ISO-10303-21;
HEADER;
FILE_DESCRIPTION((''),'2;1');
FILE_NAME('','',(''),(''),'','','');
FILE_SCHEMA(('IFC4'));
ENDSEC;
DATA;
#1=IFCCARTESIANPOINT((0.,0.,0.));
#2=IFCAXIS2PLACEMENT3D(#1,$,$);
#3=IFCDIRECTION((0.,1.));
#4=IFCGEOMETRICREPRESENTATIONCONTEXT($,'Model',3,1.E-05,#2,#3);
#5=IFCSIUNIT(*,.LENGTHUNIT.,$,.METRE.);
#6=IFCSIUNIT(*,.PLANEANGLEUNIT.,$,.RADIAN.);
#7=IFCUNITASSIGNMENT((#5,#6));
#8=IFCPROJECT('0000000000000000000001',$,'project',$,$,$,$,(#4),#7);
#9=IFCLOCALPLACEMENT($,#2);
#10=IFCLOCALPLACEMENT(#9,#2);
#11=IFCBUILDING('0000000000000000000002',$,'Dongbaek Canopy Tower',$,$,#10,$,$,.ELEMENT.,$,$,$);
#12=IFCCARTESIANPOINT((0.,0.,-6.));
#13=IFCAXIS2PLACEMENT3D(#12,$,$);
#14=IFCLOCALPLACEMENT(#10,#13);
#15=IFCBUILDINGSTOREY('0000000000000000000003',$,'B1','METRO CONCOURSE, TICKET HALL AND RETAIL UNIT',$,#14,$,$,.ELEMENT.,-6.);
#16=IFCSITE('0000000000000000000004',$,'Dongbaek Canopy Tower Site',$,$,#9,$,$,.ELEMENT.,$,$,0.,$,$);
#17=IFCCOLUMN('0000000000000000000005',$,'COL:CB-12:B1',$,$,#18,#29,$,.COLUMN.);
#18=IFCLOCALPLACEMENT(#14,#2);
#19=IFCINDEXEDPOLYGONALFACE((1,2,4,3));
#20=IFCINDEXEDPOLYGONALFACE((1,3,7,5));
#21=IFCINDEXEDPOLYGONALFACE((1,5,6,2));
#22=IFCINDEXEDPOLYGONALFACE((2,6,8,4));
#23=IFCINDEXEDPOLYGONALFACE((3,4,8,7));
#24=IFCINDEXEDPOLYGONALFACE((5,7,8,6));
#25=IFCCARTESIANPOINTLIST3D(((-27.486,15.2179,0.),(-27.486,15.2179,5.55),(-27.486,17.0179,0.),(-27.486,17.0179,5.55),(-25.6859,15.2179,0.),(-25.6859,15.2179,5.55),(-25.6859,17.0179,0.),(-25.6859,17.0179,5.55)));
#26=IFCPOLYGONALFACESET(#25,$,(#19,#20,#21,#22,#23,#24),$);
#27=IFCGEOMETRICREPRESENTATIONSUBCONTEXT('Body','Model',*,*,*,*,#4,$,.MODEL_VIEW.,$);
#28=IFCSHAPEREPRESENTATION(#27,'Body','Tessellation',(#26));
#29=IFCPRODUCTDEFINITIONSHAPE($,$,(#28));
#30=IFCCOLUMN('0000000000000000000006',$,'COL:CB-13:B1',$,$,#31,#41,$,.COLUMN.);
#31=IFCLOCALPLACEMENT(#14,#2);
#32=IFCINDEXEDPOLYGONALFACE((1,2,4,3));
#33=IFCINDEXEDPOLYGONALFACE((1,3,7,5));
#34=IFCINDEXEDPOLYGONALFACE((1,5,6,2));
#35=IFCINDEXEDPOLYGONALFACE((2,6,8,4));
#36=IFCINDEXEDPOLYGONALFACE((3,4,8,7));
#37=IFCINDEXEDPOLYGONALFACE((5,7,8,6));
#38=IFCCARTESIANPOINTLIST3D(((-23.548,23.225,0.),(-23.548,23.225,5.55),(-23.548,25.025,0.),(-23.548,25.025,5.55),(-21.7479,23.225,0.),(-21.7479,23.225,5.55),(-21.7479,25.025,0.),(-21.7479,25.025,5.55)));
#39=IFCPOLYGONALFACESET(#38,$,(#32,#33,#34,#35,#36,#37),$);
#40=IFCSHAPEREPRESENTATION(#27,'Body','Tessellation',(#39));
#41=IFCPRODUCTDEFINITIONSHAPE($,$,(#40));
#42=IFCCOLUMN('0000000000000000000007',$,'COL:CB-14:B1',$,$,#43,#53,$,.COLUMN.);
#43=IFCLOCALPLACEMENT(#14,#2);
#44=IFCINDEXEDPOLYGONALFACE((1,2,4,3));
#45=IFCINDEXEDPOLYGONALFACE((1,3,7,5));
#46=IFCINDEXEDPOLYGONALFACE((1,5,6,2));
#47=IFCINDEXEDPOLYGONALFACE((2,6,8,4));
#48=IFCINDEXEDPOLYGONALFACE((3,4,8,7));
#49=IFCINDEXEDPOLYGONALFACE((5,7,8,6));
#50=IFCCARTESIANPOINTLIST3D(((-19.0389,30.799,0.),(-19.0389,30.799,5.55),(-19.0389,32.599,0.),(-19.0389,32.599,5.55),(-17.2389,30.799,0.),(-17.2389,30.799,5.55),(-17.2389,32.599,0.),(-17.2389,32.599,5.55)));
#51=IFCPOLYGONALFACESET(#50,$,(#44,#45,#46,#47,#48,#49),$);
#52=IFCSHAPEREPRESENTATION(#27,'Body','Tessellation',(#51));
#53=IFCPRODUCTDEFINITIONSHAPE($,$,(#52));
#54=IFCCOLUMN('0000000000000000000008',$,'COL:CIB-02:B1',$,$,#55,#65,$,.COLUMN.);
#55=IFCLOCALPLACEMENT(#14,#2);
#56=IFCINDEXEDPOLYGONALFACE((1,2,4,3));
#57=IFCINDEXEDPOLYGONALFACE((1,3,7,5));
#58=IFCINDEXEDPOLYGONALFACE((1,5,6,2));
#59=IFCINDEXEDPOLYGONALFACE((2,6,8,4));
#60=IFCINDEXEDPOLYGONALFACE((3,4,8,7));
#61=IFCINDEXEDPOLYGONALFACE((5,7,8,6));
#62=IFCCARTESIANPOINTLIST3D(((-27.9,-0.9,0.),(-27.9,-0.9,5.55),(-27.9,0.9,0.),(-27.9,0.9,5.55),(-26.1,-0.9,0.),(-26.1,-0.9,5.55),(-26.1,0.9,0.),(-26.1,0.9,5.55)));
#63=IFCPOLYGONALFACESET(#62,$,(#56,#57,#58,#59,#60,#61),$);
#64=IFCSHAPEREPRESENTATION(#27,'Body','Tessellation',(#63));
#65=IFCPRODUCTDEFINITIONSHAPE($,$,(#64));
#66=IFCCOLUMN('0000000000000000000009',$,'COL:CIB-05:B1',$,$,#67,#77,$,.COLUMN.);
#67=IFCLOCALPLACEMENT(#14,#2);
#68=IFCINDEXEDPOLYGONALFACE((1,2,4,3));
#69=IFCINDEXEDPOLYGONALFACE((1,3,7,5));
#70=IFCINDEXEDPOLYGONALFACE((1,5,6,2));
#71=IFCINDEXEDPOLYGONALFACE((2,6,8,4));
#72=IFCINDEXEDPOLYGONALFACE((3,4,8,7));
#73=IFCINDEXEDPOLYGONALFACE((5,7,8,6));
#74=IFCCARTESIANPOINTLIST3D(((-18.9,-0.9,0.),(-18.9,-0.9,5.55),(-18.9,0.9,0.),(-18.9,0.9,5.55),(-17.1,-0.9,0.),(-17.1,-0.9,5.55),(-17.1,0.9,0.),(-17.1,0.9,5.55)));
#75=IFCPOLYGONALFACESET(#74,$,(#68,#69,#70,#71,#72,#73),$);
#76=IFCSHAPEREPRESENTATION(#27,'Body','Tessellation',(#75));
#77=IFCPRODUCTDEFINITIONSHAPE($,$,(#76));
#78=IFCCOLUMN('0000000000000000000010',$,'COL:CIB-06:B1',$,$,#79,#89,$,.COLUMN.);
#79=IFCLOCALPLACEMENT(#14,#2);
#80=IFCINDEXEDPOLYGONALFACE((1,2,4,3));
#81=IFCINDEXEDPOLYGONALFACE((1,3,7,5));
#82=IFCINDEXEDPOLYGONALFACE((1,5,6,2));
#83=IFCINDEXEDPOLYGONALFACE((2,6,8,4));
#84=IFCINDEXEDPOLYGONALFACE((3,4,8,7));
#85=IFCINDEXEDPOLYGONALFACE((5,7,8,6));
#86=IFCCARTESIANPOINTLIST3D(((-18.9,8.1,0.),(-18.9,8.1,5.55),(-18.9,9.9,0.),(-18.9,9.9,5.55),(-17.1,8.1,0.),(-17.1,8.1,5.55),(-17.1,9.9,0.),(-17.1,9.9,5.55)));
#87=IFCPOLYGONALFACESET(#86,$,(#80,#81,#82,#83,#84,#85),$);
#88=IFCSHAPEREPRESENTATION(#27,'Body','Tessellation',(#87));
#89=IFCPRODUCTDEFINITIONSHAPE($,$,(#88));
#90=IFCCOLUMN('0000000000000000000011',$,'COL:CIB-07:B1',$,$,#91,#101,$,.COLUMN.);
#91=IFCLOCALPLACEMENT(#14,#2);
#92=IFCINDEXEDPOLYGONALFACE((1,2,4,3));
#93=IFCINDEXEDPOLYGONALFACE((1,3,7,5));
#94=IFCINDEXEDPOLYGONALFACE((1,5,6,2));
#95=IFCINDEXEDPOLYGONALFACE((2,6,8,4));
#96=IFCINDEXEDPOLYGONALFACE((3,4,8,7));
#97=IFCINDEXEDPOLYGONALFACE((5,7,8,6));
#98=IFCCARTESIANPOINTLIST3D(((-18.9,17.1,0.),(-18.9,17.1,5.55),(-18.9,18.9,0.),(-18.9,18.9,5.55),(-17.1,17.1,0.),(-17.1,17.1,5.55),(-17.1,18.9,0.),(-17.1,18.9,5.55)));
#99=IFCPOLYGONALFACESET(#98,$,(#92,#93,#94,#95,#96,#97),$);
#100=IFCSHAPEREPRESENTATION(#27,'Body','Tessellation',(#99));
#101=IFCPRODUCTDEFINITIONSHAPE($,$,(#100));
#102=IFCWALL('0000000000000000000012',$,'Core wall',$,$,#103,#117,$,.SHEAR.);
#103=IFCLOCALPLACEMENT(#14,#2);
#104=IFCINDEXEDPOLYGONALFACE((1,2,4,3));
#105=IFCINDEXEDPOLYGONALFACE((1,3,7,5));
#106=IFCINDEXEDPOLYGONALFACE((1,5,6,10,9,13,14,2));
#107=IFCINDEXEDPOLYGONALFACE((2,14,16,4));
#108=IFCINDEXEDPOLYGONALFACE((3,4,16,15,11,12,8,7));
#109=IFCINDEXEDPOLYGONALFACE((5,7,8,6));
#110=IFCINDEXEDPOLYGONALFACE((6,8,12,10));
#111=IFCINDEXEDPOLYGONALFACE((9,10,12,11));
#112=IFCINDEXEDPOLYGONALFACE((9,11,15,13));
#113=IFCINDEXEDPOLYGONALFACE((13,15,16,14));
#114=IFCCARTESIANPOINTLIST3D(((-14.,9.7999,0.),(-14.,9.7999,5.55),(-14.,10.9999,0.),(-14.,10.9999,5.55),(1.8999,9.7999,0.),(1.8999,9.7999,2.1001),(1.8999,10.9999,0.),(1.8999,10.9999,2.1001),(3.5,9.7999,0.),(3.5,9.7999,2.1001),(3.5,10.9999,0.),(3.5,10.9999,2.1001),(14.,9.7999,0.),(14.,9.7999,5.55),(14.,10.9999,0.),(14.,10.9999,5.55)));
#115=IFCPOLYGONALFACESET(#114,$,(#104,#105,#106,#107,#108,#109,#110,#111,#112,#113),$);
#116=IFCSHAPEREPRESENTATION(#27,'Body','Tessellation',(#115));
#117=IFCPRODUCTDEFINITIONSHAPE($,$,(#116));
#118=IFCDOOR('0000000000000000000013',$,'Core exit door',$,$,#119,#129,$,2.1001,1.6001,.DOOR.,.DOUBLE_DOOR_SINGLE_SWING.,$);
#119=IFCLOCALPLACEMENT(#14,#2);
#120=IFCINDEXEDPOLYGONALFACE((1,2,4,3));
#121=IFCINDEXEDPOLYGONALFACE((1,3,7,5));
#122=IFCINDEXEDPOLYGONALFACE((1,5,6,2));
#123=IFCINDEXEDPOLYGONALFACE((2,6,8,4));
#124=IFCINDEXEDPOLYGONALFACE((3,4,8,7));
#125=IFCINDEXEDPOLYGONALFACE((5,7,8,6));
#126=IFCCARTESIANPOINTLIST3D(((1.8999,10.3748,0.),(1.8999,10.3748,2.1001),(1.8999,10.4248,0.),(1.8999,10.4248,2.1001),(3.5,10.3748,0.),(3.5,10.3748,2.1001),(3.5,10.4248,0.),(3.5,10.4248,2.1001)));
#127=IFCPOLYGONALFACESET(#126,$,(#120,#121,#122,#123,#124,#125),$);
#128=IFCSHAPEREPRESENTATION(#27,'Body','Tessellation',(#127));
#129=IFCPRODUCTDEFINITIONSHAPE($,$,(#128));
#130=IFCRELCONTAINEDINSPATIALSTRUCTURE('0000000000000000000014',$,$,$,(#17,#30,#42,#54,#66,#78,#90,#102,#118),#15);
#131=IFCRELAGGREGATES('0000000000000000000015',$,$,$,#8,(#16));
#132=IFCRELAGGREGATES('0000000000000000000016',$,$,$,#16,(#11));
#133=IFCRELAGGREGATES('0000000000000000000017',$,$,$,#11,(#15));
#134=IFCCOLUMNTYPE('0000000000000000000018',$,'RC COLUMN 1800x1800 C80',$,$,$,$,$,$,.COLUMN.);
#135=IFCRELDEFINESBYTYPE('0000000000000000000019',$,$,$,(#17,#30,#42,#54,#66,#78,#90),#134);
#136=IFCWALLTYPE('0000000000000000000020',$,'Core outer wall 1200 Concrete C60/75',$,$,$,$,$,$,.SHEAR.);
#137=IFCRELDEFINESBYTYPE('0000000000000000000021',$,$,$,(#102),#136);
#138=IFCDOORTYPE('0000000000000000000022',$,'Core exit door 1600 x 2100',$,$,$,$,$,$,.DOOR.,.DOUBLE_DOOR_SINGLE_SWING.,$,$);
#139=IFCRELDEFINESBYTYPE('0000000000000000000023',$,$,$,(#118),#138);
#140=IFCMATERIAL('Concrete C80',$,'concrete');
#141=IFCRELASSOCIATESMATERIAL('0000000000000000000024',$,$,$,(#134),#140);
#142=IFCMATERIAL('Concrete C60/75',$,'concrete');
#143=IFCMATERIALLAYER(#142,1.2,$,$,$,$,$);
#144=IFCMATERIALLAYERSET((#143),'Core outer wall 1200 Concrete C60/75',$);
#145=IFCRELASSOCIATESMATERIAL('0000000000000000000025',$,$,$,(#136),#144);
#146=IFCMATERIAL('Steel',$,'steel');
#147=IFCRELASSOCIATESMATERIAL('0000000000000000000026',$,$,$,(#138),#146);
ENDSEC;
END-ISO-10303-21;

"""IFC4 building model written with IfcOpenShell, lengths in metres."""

from ifc_helpers import new_model, si_unit, direction, frame, frame_2d, origin, origin_2d, place, context, subcontext, project, spatial, rectangle, extrude, material, layer, layer_set, material_profile, profile_set, type_object, element, fill, save


model = new_model("IFC4")

# Units and contexts
model_context = context("Model", 3, precision=1e-05, world=origin(), true_north=direction((0.0, 1.0)))
body_context = subcontext(model_context, "Body", "Model", "MODEL_VIEW")
ifc_project = project(units=[si_unit("LENGTHUNIT", "METRE"), si_unit("PLANEANGLEUNIT", "RADIAN")], contexts=[model_context])

# Site, building, storey
site_placement = place(None, origin())
site = spatial("IfcSite", under=ifc_project, at=site_placement, Name="Dongbaek Canopy Tower Site", CompositionType="ELEMENT", RefElevation=0.0)
building_placement = place(site_placement, origin())
building = spatial("IfcBuilding", under=site, at=building_placement, Name="Dongbaek Canopy Tower", CompositionType="ELEMENT")
storey_placement = place(building_placement, frame((0.0, 0.0, -6.0)))
storey = spatial("IfcBuildingStorey", under=building, at=storey_placement, Name="B1", Description="METRO CONCOURSE, TICKET HALL AND RETAIL UNIT", CompositionType="ELEMENT", Elevation=-6.0)

# Columns
ifc_material_1 = material(Name="Concrete C80", Category="concrete")
ifc_material_profile = material_profile(ifc_material_1, rectangle(XDim=1.8, YDim=1.8, at=origin_2d()), Name="RC COLUMN 1800x1800 C80")
ifc_profile_set = profile_set([ifc_material_profile], Name="Concrete C80")
column_type = type_object("IfcColumnType", Name="RC COLUMN 1800x1800 C80", PredefinedType="COLUMN", material=ifc_profile_set)
for number, where, z_axis, x_axis, name in (
    (1, (-26.5859, 16.1179, 0.0), (0.0, 0.0, 1.0), (1.0, 0.0, 0.0), "COL:CB-12:B1"),
    (2, (-22.6479, 24.125, 0.0), (0.0, 0.0, 1.0), (1.0, 0.0, 0.0), "COL:CB-13:B1"),
    (3, (-18.1389, 31.699, 0.0), (0.0, 0.0, 1.0), (1.0, 0.0, 0.0), "COL:CB-14:B1"),
    (4, (-27.0, 0.0, 0.0), (0.0, 0.0, 1.0), (1.0, 0.0, 0.0), "COL:CIB-02:B1"),
    (5, (-18.0, 0.0, 0.0), (0.0, 0.0, 1.0), (1.0, 0.0, 0.0), "COL:CIB-05:B1"),
    (6, (-18.0, 9.0, 0.0), (0.0, 0.0, 1.0), (1.0, 0.0, 0.0), "COL:CIB-06:B1"),
    (7, (-18.0, 18.0, 0.0), (0.0, 0.0, 1.0), (1.0, 0.0, 0.0), "COL:CIB-07:B1"),
):
    element("IfcColumn", number, at=place(storey_placement, frame(where, z_axis=z_axis, x_axis=x_axis)), inside=storey, type_object=column_type, Name=name, PredefinedType="COLUMN", context=body_context, shape_type="SweptSolid", body=[
        extrude(rectangle(XDim=1.8, YDim=1.8, at=origin_2d()), origin(), (0.0, 0.0, 1.0), 5.55),
    ])

# Wall, opening, door
ifc_material_2 = material(Name="Concrete C60/75", Category="concrete")
ifc_layer_1 = layer(ifc_material_2, 1.2)
ifc_layer_set_1 = layer_set([ifc_layer_1], Name="Core outer wall 1200 Concrete C60/75")
wall_type_1 = type_object("IfcWallType", Name="Core outer wall 1200 Concrete C60/75", PredefinedType="SHEAR", material=ifc_layer_set_1)
wall_1_placement = place(storey_placement, frame((-14.0, 10.3999, 0.0), z_axis=(0.0, 0.0, 1.0), x_axis=(1.0, 0.0, 0.0)))
wall_1 = element("IfcWall", 8, at=wall_1_placement, inside=storey, type_object=wall_type_1, Name="Core wall", PredefinedType="SHEAR", context=body_context, shape_type="SweptSolid", body=[
    extrude(rectangle(XDim=28.0, YDim=1.2, at=frame_2d((14.0, 0.0))), origin(), (0.0, 0.0, 1.0), 5.55),
])
opening_1_placement = place(wall_1_placement, frame((15.8999, 0.0, 0.0)))
opening_1 = element("IfcOpeningElement", 9, at=opening_1_placement, cuts=wall_1, PredefinedType="OPENING", context=body_context, shape_type="SweptSolid", body=[
    extrude(rectangle(XDim=1.6001, YDim=2.1001, at=frame_2d((0.8, 1.05))), frame((0.0, 0.6099, 0.0), z_axis=(0.0, -1.0, 0.0), x_axis=(1.0, 0.0, 0.0)), (0.0, 0.0, 1.0), 1.22),
])
ifc_material_3 = material(Name="Steel", Category="steel")
door_type_1 = type_object("IfcDoorType", Name="Core exit door 1600 x 2100", OperationType="DOUBLE_DOOR_SINGLE_SWING", PredefinedType="DOOR", material=ifc_material_3)
door_1_placement = place(opening_1_placement, origin())
door_1 = element("IfcDoor", 10, at=door_1_placement, inside=storey, type_object=door_type_1, Name="Core exit door", OperationType="DOUBLE_DOOR_SINGLE_SWING", OverallHeight=2.1001, OverallWidth=1.6001, PredefinedType="DOOR", context=body_context, shape_type="SweptSolid", body=[
    extrude(rectangle(XDim=1.6001, YDim=2.1001, at=frame_2d((0.8, 1.05))), frame((0.0, 0.0249, 0.0), z_axis=(0.0, -1.0, 0.0), x_axis=(1.0, 0.0, 0.0)), (0.0, 0.0, 1.0), 0.05),
])
fill(opening_1, door_1)

save(model, "model.ifc")
